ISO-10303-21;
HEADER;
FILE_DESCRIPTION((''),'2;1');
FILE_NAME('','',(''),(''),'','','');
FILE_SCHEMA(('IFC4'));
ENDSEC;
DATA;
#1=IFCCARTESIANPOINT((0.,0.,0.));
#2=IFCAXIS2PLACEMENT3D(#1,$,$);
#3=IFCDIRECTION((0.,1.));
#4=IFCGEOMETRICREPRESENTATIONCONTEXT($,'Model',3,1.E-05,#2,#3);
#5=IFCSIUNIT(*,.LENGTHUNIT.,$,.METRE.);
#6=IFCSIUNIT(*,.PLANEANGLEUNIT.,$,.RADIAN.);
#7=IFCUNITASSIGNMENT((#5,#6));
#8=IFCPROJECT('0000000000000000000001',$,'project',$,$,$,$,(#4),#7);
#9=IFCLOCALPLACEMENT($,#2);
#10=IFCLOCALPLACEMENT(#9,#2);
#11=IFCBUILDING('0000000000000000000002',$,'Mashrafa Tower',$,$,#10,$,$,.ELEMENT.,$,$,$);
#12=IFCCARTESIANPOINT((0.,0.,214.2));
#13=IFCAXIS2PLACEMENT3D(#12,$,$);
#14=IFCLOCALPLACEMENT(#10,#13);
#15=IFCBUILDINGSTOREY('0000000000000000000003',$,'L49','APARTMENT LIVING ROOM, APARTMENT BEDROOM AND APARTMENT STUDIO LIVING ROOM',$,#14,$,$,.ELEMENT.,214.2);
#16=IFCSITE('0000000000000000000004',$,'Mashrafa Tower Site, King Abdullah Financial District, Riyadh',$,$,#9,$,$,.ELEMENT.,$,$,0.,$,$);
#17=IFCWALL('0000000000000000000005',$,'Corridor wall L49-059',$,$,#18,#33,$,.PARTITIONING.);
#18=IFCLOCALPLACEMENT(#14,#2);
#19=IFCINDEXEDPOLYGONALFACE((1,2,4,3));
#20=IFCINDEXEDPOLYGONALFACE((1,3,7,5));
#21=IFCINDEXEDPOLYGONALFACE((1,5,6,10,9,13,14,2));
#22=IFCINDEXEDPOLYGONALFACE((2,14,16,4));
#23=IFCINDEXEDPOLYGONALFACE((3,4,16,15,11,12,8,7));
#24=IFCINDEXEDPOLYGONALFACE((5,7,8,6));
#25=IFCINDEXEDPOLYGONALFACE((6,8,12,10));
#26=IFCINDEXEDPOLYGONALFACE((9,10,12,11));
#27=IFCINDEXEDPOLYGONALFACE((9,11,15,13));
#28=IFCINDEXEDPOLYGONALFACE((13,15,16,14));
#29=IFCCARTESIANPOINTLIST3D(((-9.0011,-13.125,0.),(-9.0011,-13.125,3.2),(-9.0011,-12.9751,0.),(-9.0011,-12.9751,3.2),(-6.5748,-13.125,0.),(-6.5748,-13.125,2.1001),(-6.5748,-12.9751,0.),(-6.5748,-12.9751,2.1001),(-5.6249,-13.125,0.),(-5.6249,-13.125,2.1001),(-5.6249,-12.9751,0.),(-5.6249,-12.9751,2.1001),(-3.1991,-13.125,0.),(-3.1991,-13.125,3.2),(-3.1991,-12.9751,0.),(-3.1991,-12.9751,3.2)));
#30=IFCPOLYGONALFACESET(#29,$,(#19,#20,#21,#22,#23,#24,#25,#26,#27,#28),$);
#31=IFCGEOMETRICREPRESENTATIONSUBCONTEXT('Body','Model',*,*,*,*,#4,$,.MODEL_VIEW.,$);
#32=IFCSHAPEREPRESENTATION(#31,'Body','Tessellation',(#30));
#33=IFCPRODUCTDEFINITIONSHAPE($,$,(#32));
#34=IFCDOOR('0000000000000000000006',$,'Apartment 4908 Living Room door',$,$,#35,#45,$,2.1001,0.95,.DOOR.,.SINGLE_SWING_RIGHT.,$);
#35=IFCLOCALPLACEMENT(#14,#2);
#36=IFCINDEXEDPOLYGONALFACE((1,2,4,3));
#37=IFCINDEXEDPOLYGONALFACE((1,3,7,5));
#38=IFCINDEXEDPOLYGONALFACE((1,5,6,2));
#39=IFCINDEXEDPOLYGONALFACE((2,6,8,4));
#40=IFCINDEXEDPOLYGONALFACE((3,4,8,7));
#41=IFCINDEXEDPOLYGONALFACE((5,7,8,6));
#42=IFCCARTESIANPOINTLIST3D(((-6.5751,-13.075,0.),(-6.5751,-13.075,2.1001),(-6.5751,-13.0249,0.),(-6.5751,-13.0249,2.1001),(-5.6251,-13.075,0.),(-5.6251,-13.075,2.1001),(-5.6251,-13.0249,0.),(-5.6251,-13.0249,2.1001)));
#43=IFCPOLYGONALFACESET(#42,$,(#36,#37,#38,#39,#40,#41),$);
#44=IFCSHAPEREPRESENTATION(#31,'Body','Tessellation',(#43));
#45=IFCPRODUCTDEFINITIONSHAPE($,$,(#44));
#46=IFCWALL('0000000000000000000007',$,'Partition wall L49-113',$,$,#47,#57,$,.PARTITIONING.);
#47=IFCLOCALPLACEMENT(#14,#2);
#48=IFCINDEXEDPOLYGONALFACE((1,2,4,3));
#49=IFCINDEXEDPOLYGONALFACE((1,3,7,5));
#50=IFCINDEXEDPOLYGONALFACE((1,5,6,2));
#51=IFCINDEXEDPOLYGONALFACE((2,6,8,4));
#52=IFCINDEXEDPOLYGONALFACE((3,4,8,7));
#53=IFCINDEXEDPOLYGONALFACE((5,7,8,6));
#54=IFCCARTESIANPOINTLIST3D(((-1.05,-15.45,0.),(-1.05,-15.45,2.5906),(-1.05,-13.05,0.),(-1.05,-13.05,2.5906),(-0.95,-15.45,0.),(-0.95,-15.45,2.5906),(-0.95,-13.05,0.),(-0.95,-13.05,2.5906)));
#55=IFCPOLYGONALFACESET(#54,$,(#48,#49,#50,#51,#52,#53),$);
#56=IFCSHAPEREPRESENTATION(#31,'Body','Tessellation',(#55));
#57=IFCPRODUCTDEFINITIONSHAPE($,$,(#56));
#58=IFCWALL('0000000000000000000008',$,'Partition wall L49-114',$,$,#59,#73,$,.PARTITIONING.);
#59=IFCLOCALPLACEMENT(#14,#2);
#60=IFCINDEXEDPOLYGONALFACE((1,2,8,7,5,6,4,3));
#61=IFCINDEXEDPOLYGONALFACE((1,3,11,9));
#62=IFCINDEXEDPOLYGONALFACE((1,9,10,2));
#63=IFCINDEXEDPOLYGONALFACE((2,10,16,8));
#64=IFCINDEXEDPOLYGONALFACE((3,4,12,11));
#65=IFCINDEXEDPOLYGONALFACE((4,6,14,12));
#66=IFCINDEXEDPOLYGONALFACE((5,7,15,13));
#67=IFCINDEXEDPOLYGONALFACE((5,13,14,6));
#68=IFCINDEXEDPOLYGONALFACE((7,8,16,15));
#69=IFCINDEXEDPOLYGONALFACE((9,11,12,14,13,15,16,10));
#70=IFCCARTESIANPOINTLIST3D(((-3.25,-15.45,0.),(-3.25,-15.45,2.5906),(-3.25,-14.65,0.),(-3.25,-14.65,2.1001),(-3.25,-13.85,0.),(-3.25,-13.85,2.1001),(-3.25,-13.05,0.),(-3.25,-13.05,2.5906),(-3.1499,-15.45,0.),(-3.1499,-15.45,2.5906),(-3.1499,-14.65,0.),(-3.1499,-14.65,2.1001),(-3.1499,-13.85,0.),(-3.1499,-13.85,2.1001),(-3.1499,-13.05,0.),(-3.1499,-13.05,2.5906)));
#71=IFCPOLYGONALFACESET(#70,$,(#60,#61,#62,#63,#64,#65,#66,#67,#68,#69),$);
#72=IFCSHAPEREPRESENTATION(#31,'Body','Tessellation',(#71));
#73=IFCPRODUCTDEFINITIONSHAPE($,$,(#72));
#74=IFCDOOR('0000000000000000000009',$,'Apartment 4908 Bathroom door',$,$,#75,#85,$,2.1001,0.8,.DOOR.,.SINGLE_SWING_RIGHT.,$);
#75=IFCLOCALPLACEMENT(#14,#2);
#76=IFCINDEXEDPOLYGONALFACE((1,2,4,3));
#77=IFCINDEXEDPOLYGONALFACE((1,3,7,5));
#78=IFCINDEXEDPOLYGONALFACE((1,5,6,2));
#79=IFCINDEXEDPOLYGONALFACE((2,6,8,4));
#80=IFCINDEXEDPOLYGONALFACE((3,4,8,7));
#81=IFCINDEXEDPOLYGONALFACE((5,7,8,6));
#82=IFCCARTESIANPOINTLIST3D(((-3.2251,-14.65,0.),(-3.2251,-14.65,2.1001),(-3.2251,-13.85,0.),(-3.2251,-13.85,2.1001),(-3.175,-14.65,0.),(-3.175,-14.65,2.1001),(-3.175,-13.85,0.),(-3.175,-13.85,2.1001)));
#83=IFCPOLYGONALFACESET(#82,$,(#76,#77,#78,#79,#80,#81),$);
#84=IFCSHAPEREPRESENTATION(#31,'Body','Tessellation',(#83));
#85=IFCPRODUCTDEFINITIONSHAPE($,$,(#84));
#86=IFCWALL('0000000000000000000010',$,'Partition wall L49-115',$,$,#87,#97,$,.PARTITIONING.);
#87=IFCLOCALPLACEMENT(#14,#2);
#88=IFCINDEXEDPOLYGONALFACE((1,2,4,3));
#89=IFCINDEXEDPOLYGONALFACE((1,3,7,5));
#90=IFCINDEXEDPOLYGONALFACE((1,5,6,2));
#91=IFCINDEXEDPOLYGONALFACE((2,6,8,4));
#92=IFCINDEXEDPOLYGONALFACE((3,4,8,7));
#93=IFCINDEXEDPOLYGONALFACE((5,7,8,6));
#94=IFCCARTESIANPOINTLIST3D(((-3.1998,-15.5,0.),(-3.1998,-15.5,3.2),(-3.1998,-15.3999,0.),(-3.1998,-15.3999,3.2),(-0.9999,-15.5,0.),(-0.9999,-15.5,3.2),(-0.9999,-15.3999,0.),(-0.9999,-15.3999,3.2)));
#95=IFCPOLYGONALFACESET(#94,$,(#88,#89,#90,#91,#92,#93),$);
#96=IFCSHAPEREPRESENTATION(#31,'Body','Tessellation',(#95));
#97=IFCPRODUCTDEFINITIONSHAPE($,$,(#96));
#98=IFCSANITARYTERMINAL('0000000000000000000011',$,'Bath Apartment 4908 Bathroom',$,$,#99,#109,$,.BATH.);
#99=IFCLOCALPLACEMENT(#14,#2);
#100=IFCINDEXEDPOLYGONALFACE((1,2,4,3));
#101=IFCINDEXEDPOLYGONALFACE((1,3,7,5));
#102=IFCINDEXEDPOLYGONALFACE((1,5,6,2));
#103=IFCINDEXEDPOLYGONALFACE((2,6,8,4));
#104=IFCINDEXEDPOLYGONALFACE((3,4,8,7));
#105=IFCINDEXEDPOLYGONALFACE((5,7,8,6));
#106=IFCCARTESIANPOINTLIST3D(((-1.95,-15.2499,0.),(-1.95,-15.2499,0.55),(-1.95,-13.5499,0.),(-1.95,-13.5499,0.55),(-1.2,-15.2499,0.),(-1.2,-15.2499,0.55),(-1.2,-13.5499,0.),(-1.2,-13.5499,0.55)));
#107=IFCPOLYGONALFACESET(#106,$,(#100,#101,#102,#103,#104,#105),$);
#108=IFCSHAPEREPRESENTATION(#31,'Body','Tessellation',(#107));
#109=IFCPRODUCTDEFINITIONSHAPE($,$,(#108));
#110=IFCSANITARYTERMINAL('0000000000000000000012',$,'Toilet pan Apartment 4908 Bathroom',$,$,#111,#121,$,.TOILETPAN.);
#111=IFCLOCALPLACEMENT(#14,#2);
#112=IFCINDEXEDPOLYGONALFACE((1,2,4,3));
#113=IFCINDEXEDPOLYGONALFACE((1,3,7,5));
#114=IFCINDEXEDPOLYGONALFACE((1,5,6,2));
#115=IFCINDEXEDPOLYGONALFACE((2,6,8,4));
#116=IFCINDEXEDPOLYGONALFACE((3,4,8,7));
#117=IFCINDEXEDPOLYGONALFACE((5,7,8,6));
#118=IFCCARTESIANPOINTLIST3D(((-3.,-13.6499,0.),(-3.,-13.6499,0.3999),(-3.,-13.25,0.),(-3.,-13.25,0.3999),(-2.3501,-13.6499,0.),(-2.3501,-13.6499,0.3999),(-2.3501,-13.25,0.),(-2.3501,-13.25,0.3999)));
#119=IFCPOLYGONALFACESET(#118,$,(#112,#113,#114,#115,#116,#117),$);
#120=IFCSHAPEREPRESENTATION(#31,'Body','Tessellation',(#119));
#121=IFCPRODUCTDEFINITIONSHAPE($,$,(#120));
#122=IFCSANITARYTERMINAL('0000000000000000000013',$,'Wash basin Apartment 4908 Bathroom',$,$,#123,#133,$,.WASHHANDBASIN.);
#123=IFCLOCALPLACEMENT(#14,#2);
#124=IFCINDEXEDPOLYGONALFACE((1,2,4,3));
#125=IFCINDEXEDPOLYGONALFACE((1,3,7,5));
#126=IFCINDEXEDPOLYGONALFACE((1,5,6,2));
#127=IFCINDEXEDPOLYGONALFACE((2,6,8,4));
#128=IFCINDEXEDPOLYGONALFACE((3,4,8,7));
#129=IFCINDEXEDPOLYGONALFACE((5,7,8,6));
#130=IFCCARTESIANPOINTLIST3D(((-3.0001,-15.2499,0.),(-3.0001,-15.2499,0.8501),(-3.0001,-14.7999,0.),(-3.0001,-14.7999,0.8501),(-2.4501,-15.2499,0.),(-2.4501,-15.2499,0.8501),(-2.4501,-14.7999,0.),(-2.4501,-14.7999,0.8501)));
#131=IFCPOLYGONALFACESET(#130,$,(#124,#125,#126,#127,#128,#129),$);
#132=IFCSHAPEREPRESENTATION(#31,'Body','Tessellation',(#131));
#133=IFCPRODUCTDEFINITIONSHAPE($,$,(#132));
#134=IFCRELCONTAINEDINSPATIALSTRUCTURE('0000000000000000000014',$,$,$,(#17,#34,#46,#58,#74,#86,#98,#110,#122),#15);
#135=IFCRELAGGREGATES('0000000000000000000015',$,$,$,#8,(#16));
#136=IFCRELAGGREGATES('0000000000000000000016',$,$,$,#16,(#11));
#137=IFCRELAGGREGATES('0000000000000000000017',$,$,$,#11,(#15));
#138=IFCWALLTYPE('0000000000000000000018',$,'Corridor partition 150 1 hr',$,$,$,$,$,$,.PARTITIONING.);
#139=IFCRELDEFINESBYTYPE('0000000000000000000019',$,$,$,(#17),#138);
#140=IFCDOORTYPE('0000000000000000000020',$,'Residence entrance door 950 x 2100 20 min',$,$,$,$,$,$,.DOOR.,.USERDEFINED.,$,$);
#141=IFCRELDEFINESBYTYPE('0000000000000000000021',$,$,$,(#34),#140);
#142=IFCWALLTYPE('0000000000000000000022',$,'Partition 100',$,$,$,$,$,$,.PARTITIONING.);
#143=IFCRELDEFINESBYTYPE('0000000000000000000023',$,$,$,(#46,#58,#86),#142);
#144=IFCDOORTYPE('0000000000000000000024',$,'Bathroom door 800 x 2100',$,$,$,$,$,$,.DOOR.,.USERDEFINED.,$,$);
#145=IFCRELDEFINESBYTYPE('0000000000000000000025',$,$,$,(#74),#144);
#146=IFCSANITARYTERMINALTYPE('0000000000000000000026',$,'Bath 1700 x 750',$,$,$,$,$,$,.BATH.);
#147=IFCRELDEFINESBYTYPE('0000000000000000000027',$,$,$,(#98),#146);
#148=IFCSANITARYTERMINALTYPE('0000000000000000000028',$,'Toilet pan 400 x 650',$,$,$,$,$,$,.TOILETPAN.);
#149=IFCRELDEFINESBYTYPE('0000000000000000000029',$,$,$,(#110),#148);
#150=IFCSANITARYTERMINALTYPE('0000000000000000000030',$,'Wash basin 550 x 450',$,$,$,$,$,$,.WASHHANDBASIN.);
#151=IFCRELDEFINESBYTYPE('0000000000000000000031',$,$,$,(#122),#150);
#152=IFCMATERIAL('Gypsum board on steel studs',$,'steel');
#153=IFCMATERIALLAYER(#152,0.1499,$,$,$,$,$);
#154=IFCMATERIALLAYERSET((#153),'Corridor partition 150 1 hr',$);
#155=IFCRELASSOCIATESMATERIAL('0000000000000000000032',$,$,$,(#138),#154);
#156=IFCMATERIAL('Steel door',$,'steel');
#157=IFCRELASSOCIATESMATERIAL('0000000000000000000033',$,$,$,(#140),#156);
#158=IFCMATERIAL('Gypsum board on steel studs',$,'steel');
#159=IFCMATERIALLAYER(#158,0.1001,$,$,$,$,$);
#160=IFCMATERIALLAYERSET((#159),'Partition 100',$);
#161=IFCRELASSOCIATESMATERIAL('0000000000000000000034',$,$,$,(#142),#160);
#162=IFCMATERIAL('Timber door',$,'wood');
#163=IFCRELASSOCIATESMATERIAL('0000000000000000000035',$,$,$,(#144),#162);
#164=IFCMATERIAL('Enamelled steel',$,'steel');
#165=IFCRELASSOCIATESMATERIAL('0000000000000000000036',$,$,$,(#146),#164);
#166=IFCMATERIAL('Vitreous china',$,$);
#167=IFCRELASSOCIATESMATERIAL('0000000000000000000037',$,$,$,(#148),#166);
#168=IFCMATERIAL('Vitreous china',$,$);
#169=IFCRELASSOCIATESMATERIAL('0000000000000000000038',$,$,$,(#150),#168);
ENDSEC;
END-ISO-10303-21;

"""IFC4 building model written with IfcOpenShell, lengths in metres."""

from ifc_helpers import new_model, si_unit, direction, frame, frame_2d, origin, origin_2d, place, context, subcontext, project, spatial, rectangle, extrude, material, layer, layer_set, type_object, element, fill, save


model = new_model("IFC4")

# Units and contexts
model_context = context("Model", 3, precision=1e-05, world=origin(), true_north=direction((0.0, 1.0)))
body_context = subcontext(model_context, "Body", "Model", "MODEL_VIEW")
ifc_project = project(units=[si_unit("LENGTHUNIT", "METRE"), si_unit("PLANEANGLEUNIT", "RADIAN")], contexts=[model_context])

# Site, building, storey
site_placement = place(None, origin())
site = spatial("IfcSite", under=ifc_project, at=site_placement, Name="Mashrafa Tower Site, King Abdullah Financial District, Riyadh", CompositionType="ELEMENT", RefElevation=0.0)
building_placement = place(site_placement, origin())
building = spatial("IfcBuilding", under=site, at=building_placement, Name="Mashrafa Tower", CompositionType="ELEMENT")
storey_placement = place(building_placement, frame((0.0, 0.0, 214.2)))
storey = spatial("IfcBuildingStorey", under=building, at=storey_placement, Name="L49", Description="APARTMENT LIVING ROOM, APARTMENT BEDROOM AND APARTMENT STUDIO LIVING ROOM", CompositionType="ELEMENT", Elevation=214.2)

# Shared definitions
ifc_material_1 = material(Name="Gypsum board on steel studs", Category="steel")
ifc_layer_1 = layer(ifc_material_1, 0.1499)
ifc_layer_set_1 = layer_set([ifc_layer_1], Name="Corridor partition 150 1 hr")
wall_type_1 = type_object("IfcWallType", Name="Corridor partition 150 1 hr", PredefinedType="PARTITIONING", material=ifc_layer_set_1)

# Wall, opening, door
wall_1_placement = place(storey_placement, frame((-9.001, -13.05, 0.0), z_axis=(0.0, 0.0, 1.0), x_axis=(1.0, 0.0, 0.0)))
wall_1 = element("IfcWall", 1, at=wall_1_placement, inside=storey, type_object=wall_type_1, Name="Corridor wall L49-059", PredefinedType="PARTITIONING", context=body_context, shape_type="SweptSolid", body=[
    extrude(rectangle(XDim=5.802, YDim=0.1499, at=frame_2d((2.9009, 0.0))), origin(), (0.0, 0.0, 1.0), 3.2),
])
opening_1_placement = place(wall_1_placement, frame((2.426, 0.0, 0.0)))
opening_1 = element("IfcOpeningElement", 2, at=opening_1_placement, cuts=wall_1, PredefinedType="OPENING", context=body_context, shape_type="SweptSolid", body=[
    extrude(rectangle(XDim=0.95, YDim=2.1001, at=frame_2d((0.4751, 1.05))), frame((0.0, 0.085, 0.0), z_axis=(0.0, -1.0, 0.0), x_axis=(1.0, 0.0, 0.0)), (0.0, 0.0, 1.0), 0.1699),
])
ifc_material_2 = material(Name="Steel door", Category="steel")
door_type_1 = type_object("IfcDoorType", Name="Residence entrance door 950 x 2100 20 min", OperationType="USERDEFINED", PredefinedType="DOOR", material=ifc_material_2)
door_1_placement = place(opening_1_placement, frame((0.95, 0.0, 0.0), z_axis=(0.0, 0.0, 1.0), x_axis=(-1.0, 0.0, 0.0)))
door_1 = element("IfcDoor", 3, at=door_1_placement, inside=storey, type_object=door_type_1, Name="Apartment 4908 Living Room door", OperationType="SINGLE_SWING_RIGHT", OverallHeight=2.1001, OverallWidth=0.95, PredefinedType="DOOR", context=body_context, shape_type="SweptSolid", body=[
    extrude(rectangle(XDim=0.95, YDim=2.1001, at=frame_2d((0.4751, 1.05))), frame((0.0, 0.0249, 0.0), z_axis=(0.0, -1.0, 0.0), x_axis=(1.0, 0.0, 0.0)), (0.0, 0.0, 1.0), 0.05),
])
fill(opening_1, door_1)

# Wall
ifc_material_3 = material(Name="Gypsum board on steel studs", Category="steel")
ifc_layer_2 = layer(ifc_material_3, 0.1001)
ifc_layer_set_2 = layer_set([ifc_layer_2], Name="Partition 100")
wall_type_2 = type_object("IfcWallType", Name="Partition 100", PredefinedType="PARTITIONING", material=ifc_layer_set_2)
wall_2_placement = place(storey_placement, frame((-1.0, -15.45, 0.0), z_axis=(0.0, 0.0, 1.0), x_axis=(0.0, 1.0, 0.0)))
element("IfcWall", 4, at=wall_2_placement, inside=storey, type_object=wall_type_2, Name="Partition wall L49-113", PredefinedType="PARTITIONING", context=body_context, shape_type="SweptSolid", body=[
    extrude(rectangle(XDim=2.3999, YDim=0.1001, at=frame_2d((1.2, 0.0))), origin(), (0.0, 0.0, 1.0), 2.5906),
])

# Wall, opening, door
wall_3_placement = place(storey_placement, frame((-3.2, -13.05, 0.0), z_axis=(0.0, 0.0, 1.0), x_axis=(0.0, -1.0, 0.0)))
wall_3 = element("IfcWall", 5, at=wall_3_placement, inside=storey, type_object=wall_type_2, Name="Partition wall L49-114", PredefinedType="PARTITIONING", context=body_context, shape_type="SweptSolid", body=[
    extrude(rectangle(XDim=2.3999, YDim=0.1001, at=frame_2d((1.2, 0.0))), origin(), (0.0, 0.0, 1.0), 2.5906),
])
opening_2_placement = place(wall_3_placement, frame((0.8, 0.0, 0.0)))
opening_2 = element("IfcOpeningElement", 6, at=opening_2_placement, cuts=wall_3, PredefinedType="OPENING", context=body_context, shape_type="SweptSolid", body=[
    extrude(rectangle(XDim=0.8, YDim=2.1001, at=frame_2d((0.3999, 1.05))), frame((0.0, 0.0601, 0.0), z_axis=(0.0, -1.0, 0.0), x_axis=(1.0, 0.0, 0.0)), (0.0, 0.0, 1.0), 0.1201),
])
ifc_material_4 = material(Name="Timber door", Category="wood")
door_type_2 = type_object("IfcDoorType", Name="Bathroom door 800 x 2100", OperationType="USERDEFINED", PredefinedType="DOOR", material=ifc_material_4)
door_2_placement = place(opening_2_placement, origin())
door_2 = element("IfcDoor", 7, at=door_2_placement, inside=storey, type_object=door_type_2, Name="Apartment 4908 Bathroom door", OperationType="SINGLE_SWING_RIGHT", OverallHeight=2.1001, OverallWidth=0.8, PredefinedType="DOOR", context=body_context, shape_type="SweptSolid", body=[
    extrude(rectangle(XDim=0.8, YDim=2.1001, at=frame_2d((0.3999, 1.05))), frame((0.0, 0.0249, 0.0), z_axis=(0.0, -1.0, 0.0), x_axis=(1.0, 0.0, 0.0)), (0.0, 0.0, 1.0), 0.05),
])
fill(opening_2, door_2)

# Wall
wall_4_placement = place(storey_placement, frame((-3.2, -15.45, 0.0), z_axis=(0.0, 0.0, 1.0), x_axis=(1.0, 0.0, 0.0)))
element("IfcWall", 8, at=wall_4_placement, inside=storey, type_object=wall_type_2, Name="Partition wall L49-115", PredefinedType="PARTITIONING", context=body_context, shape_type="SweptSolid", body=[
    extrude(rectangle(XDim=2.2, YDim=0.1001, at=frame_2d((1.1001, 0.0))), origin(), (0.0, 0.0, 1.0), 3.2),
])

# Sanitary terminals
ifc_material_5 = material(Name="Enamelled steel", Category="steel")
sanitary_terminal_type_1 = type_object("IfcSanitaryTerminalType", Name="Bath 1700 x 750", PredefinedType="BATH", material=ifc_material_5)
sanitary_terminal_1_placement = place(storey_placement, frame((-1.575, -14.3999, 0.0), z_axis=(0.0, 0.0, 1.0), x_axis=(0.0, 1.0, 0.0)))
element("IfcSanitaryTerminal", 9, at=sanitary_terminal_1_placement, inside=storey, type_object=sanitary_terminal_type_1, Name="Bath Apartment 4908 Bathroom", PredefinedType="BATH", context=body_context, shape_type="SweptSolid", body=[
    extrude(rectangle(XDim=1.7, YDim=0.75, at=origin_2d()), origin(), (0.0, 0.0, 1.0), 0.55),
])
ifc_material_6 = material(Name="Vitreous china")
sanitary_terminal_type_2 = type_object("IfcSanitaryTerminalType", Name="Toilet pan 400 x 650", PredefinedType="TOILETPAN", material=ifc_material_6)
sanitary_terminal_2_placement = place(storey_placement, frame((-2.675, -13.45, 0.0), z_axis=(0.0, 0.0, 1.0), x_axis=(0.0, -1.0, 0.0)))
element("IfcSanitaryTerminal", 10, at=sanitary_terminal_2_placement, inside=storey, type_object=sanitary_terminal_type_2, Name="Toilet pan Apartment 4908 Bathroom", PredefinedType="TOILETPAN", context=body_context, shape_type="SweptSolid", body=[
    extrude(rectangle(XDim=0.3999, YDim=0.6499, at=origin_2d()), origin(), (0.0, 0.0, 1.0), 0.3999),
])
ifc_material_7 = material(Name="Vitreous china")
sanitary_terminal_type_3 = type_object("IfcSanitaryTerminalType", Name="Wash basin 550 x 450", PredefinedType="WASHHANDBASIN", material=ifc_material_7)
sanitary_terminal_3_placement = place(storey_placement, frame((-2.7251, -15.0249, 0.0), z_axis=(0.0, 0.0, 1.0), x_axis=(1.0, 0.0, 0.0)))
element("IfcSanitaryTerminal", 11, at=sanitary_terminal_3_placement, inside=storey, type_object=sanitary_terminal_type_3, Name="Wash basin Apartment 4908 Bathroom", PredefinedType="WASHHANDBASIN", context=body_context, shape_type="SweptSolid", body=[
    extrude(rectangle(XDim=0.55, YDim=0.45, at=origin_2d()), origin(), (0.0, 0.0, 1.0), 0.8501),
])

save(model, "model.ifc")
